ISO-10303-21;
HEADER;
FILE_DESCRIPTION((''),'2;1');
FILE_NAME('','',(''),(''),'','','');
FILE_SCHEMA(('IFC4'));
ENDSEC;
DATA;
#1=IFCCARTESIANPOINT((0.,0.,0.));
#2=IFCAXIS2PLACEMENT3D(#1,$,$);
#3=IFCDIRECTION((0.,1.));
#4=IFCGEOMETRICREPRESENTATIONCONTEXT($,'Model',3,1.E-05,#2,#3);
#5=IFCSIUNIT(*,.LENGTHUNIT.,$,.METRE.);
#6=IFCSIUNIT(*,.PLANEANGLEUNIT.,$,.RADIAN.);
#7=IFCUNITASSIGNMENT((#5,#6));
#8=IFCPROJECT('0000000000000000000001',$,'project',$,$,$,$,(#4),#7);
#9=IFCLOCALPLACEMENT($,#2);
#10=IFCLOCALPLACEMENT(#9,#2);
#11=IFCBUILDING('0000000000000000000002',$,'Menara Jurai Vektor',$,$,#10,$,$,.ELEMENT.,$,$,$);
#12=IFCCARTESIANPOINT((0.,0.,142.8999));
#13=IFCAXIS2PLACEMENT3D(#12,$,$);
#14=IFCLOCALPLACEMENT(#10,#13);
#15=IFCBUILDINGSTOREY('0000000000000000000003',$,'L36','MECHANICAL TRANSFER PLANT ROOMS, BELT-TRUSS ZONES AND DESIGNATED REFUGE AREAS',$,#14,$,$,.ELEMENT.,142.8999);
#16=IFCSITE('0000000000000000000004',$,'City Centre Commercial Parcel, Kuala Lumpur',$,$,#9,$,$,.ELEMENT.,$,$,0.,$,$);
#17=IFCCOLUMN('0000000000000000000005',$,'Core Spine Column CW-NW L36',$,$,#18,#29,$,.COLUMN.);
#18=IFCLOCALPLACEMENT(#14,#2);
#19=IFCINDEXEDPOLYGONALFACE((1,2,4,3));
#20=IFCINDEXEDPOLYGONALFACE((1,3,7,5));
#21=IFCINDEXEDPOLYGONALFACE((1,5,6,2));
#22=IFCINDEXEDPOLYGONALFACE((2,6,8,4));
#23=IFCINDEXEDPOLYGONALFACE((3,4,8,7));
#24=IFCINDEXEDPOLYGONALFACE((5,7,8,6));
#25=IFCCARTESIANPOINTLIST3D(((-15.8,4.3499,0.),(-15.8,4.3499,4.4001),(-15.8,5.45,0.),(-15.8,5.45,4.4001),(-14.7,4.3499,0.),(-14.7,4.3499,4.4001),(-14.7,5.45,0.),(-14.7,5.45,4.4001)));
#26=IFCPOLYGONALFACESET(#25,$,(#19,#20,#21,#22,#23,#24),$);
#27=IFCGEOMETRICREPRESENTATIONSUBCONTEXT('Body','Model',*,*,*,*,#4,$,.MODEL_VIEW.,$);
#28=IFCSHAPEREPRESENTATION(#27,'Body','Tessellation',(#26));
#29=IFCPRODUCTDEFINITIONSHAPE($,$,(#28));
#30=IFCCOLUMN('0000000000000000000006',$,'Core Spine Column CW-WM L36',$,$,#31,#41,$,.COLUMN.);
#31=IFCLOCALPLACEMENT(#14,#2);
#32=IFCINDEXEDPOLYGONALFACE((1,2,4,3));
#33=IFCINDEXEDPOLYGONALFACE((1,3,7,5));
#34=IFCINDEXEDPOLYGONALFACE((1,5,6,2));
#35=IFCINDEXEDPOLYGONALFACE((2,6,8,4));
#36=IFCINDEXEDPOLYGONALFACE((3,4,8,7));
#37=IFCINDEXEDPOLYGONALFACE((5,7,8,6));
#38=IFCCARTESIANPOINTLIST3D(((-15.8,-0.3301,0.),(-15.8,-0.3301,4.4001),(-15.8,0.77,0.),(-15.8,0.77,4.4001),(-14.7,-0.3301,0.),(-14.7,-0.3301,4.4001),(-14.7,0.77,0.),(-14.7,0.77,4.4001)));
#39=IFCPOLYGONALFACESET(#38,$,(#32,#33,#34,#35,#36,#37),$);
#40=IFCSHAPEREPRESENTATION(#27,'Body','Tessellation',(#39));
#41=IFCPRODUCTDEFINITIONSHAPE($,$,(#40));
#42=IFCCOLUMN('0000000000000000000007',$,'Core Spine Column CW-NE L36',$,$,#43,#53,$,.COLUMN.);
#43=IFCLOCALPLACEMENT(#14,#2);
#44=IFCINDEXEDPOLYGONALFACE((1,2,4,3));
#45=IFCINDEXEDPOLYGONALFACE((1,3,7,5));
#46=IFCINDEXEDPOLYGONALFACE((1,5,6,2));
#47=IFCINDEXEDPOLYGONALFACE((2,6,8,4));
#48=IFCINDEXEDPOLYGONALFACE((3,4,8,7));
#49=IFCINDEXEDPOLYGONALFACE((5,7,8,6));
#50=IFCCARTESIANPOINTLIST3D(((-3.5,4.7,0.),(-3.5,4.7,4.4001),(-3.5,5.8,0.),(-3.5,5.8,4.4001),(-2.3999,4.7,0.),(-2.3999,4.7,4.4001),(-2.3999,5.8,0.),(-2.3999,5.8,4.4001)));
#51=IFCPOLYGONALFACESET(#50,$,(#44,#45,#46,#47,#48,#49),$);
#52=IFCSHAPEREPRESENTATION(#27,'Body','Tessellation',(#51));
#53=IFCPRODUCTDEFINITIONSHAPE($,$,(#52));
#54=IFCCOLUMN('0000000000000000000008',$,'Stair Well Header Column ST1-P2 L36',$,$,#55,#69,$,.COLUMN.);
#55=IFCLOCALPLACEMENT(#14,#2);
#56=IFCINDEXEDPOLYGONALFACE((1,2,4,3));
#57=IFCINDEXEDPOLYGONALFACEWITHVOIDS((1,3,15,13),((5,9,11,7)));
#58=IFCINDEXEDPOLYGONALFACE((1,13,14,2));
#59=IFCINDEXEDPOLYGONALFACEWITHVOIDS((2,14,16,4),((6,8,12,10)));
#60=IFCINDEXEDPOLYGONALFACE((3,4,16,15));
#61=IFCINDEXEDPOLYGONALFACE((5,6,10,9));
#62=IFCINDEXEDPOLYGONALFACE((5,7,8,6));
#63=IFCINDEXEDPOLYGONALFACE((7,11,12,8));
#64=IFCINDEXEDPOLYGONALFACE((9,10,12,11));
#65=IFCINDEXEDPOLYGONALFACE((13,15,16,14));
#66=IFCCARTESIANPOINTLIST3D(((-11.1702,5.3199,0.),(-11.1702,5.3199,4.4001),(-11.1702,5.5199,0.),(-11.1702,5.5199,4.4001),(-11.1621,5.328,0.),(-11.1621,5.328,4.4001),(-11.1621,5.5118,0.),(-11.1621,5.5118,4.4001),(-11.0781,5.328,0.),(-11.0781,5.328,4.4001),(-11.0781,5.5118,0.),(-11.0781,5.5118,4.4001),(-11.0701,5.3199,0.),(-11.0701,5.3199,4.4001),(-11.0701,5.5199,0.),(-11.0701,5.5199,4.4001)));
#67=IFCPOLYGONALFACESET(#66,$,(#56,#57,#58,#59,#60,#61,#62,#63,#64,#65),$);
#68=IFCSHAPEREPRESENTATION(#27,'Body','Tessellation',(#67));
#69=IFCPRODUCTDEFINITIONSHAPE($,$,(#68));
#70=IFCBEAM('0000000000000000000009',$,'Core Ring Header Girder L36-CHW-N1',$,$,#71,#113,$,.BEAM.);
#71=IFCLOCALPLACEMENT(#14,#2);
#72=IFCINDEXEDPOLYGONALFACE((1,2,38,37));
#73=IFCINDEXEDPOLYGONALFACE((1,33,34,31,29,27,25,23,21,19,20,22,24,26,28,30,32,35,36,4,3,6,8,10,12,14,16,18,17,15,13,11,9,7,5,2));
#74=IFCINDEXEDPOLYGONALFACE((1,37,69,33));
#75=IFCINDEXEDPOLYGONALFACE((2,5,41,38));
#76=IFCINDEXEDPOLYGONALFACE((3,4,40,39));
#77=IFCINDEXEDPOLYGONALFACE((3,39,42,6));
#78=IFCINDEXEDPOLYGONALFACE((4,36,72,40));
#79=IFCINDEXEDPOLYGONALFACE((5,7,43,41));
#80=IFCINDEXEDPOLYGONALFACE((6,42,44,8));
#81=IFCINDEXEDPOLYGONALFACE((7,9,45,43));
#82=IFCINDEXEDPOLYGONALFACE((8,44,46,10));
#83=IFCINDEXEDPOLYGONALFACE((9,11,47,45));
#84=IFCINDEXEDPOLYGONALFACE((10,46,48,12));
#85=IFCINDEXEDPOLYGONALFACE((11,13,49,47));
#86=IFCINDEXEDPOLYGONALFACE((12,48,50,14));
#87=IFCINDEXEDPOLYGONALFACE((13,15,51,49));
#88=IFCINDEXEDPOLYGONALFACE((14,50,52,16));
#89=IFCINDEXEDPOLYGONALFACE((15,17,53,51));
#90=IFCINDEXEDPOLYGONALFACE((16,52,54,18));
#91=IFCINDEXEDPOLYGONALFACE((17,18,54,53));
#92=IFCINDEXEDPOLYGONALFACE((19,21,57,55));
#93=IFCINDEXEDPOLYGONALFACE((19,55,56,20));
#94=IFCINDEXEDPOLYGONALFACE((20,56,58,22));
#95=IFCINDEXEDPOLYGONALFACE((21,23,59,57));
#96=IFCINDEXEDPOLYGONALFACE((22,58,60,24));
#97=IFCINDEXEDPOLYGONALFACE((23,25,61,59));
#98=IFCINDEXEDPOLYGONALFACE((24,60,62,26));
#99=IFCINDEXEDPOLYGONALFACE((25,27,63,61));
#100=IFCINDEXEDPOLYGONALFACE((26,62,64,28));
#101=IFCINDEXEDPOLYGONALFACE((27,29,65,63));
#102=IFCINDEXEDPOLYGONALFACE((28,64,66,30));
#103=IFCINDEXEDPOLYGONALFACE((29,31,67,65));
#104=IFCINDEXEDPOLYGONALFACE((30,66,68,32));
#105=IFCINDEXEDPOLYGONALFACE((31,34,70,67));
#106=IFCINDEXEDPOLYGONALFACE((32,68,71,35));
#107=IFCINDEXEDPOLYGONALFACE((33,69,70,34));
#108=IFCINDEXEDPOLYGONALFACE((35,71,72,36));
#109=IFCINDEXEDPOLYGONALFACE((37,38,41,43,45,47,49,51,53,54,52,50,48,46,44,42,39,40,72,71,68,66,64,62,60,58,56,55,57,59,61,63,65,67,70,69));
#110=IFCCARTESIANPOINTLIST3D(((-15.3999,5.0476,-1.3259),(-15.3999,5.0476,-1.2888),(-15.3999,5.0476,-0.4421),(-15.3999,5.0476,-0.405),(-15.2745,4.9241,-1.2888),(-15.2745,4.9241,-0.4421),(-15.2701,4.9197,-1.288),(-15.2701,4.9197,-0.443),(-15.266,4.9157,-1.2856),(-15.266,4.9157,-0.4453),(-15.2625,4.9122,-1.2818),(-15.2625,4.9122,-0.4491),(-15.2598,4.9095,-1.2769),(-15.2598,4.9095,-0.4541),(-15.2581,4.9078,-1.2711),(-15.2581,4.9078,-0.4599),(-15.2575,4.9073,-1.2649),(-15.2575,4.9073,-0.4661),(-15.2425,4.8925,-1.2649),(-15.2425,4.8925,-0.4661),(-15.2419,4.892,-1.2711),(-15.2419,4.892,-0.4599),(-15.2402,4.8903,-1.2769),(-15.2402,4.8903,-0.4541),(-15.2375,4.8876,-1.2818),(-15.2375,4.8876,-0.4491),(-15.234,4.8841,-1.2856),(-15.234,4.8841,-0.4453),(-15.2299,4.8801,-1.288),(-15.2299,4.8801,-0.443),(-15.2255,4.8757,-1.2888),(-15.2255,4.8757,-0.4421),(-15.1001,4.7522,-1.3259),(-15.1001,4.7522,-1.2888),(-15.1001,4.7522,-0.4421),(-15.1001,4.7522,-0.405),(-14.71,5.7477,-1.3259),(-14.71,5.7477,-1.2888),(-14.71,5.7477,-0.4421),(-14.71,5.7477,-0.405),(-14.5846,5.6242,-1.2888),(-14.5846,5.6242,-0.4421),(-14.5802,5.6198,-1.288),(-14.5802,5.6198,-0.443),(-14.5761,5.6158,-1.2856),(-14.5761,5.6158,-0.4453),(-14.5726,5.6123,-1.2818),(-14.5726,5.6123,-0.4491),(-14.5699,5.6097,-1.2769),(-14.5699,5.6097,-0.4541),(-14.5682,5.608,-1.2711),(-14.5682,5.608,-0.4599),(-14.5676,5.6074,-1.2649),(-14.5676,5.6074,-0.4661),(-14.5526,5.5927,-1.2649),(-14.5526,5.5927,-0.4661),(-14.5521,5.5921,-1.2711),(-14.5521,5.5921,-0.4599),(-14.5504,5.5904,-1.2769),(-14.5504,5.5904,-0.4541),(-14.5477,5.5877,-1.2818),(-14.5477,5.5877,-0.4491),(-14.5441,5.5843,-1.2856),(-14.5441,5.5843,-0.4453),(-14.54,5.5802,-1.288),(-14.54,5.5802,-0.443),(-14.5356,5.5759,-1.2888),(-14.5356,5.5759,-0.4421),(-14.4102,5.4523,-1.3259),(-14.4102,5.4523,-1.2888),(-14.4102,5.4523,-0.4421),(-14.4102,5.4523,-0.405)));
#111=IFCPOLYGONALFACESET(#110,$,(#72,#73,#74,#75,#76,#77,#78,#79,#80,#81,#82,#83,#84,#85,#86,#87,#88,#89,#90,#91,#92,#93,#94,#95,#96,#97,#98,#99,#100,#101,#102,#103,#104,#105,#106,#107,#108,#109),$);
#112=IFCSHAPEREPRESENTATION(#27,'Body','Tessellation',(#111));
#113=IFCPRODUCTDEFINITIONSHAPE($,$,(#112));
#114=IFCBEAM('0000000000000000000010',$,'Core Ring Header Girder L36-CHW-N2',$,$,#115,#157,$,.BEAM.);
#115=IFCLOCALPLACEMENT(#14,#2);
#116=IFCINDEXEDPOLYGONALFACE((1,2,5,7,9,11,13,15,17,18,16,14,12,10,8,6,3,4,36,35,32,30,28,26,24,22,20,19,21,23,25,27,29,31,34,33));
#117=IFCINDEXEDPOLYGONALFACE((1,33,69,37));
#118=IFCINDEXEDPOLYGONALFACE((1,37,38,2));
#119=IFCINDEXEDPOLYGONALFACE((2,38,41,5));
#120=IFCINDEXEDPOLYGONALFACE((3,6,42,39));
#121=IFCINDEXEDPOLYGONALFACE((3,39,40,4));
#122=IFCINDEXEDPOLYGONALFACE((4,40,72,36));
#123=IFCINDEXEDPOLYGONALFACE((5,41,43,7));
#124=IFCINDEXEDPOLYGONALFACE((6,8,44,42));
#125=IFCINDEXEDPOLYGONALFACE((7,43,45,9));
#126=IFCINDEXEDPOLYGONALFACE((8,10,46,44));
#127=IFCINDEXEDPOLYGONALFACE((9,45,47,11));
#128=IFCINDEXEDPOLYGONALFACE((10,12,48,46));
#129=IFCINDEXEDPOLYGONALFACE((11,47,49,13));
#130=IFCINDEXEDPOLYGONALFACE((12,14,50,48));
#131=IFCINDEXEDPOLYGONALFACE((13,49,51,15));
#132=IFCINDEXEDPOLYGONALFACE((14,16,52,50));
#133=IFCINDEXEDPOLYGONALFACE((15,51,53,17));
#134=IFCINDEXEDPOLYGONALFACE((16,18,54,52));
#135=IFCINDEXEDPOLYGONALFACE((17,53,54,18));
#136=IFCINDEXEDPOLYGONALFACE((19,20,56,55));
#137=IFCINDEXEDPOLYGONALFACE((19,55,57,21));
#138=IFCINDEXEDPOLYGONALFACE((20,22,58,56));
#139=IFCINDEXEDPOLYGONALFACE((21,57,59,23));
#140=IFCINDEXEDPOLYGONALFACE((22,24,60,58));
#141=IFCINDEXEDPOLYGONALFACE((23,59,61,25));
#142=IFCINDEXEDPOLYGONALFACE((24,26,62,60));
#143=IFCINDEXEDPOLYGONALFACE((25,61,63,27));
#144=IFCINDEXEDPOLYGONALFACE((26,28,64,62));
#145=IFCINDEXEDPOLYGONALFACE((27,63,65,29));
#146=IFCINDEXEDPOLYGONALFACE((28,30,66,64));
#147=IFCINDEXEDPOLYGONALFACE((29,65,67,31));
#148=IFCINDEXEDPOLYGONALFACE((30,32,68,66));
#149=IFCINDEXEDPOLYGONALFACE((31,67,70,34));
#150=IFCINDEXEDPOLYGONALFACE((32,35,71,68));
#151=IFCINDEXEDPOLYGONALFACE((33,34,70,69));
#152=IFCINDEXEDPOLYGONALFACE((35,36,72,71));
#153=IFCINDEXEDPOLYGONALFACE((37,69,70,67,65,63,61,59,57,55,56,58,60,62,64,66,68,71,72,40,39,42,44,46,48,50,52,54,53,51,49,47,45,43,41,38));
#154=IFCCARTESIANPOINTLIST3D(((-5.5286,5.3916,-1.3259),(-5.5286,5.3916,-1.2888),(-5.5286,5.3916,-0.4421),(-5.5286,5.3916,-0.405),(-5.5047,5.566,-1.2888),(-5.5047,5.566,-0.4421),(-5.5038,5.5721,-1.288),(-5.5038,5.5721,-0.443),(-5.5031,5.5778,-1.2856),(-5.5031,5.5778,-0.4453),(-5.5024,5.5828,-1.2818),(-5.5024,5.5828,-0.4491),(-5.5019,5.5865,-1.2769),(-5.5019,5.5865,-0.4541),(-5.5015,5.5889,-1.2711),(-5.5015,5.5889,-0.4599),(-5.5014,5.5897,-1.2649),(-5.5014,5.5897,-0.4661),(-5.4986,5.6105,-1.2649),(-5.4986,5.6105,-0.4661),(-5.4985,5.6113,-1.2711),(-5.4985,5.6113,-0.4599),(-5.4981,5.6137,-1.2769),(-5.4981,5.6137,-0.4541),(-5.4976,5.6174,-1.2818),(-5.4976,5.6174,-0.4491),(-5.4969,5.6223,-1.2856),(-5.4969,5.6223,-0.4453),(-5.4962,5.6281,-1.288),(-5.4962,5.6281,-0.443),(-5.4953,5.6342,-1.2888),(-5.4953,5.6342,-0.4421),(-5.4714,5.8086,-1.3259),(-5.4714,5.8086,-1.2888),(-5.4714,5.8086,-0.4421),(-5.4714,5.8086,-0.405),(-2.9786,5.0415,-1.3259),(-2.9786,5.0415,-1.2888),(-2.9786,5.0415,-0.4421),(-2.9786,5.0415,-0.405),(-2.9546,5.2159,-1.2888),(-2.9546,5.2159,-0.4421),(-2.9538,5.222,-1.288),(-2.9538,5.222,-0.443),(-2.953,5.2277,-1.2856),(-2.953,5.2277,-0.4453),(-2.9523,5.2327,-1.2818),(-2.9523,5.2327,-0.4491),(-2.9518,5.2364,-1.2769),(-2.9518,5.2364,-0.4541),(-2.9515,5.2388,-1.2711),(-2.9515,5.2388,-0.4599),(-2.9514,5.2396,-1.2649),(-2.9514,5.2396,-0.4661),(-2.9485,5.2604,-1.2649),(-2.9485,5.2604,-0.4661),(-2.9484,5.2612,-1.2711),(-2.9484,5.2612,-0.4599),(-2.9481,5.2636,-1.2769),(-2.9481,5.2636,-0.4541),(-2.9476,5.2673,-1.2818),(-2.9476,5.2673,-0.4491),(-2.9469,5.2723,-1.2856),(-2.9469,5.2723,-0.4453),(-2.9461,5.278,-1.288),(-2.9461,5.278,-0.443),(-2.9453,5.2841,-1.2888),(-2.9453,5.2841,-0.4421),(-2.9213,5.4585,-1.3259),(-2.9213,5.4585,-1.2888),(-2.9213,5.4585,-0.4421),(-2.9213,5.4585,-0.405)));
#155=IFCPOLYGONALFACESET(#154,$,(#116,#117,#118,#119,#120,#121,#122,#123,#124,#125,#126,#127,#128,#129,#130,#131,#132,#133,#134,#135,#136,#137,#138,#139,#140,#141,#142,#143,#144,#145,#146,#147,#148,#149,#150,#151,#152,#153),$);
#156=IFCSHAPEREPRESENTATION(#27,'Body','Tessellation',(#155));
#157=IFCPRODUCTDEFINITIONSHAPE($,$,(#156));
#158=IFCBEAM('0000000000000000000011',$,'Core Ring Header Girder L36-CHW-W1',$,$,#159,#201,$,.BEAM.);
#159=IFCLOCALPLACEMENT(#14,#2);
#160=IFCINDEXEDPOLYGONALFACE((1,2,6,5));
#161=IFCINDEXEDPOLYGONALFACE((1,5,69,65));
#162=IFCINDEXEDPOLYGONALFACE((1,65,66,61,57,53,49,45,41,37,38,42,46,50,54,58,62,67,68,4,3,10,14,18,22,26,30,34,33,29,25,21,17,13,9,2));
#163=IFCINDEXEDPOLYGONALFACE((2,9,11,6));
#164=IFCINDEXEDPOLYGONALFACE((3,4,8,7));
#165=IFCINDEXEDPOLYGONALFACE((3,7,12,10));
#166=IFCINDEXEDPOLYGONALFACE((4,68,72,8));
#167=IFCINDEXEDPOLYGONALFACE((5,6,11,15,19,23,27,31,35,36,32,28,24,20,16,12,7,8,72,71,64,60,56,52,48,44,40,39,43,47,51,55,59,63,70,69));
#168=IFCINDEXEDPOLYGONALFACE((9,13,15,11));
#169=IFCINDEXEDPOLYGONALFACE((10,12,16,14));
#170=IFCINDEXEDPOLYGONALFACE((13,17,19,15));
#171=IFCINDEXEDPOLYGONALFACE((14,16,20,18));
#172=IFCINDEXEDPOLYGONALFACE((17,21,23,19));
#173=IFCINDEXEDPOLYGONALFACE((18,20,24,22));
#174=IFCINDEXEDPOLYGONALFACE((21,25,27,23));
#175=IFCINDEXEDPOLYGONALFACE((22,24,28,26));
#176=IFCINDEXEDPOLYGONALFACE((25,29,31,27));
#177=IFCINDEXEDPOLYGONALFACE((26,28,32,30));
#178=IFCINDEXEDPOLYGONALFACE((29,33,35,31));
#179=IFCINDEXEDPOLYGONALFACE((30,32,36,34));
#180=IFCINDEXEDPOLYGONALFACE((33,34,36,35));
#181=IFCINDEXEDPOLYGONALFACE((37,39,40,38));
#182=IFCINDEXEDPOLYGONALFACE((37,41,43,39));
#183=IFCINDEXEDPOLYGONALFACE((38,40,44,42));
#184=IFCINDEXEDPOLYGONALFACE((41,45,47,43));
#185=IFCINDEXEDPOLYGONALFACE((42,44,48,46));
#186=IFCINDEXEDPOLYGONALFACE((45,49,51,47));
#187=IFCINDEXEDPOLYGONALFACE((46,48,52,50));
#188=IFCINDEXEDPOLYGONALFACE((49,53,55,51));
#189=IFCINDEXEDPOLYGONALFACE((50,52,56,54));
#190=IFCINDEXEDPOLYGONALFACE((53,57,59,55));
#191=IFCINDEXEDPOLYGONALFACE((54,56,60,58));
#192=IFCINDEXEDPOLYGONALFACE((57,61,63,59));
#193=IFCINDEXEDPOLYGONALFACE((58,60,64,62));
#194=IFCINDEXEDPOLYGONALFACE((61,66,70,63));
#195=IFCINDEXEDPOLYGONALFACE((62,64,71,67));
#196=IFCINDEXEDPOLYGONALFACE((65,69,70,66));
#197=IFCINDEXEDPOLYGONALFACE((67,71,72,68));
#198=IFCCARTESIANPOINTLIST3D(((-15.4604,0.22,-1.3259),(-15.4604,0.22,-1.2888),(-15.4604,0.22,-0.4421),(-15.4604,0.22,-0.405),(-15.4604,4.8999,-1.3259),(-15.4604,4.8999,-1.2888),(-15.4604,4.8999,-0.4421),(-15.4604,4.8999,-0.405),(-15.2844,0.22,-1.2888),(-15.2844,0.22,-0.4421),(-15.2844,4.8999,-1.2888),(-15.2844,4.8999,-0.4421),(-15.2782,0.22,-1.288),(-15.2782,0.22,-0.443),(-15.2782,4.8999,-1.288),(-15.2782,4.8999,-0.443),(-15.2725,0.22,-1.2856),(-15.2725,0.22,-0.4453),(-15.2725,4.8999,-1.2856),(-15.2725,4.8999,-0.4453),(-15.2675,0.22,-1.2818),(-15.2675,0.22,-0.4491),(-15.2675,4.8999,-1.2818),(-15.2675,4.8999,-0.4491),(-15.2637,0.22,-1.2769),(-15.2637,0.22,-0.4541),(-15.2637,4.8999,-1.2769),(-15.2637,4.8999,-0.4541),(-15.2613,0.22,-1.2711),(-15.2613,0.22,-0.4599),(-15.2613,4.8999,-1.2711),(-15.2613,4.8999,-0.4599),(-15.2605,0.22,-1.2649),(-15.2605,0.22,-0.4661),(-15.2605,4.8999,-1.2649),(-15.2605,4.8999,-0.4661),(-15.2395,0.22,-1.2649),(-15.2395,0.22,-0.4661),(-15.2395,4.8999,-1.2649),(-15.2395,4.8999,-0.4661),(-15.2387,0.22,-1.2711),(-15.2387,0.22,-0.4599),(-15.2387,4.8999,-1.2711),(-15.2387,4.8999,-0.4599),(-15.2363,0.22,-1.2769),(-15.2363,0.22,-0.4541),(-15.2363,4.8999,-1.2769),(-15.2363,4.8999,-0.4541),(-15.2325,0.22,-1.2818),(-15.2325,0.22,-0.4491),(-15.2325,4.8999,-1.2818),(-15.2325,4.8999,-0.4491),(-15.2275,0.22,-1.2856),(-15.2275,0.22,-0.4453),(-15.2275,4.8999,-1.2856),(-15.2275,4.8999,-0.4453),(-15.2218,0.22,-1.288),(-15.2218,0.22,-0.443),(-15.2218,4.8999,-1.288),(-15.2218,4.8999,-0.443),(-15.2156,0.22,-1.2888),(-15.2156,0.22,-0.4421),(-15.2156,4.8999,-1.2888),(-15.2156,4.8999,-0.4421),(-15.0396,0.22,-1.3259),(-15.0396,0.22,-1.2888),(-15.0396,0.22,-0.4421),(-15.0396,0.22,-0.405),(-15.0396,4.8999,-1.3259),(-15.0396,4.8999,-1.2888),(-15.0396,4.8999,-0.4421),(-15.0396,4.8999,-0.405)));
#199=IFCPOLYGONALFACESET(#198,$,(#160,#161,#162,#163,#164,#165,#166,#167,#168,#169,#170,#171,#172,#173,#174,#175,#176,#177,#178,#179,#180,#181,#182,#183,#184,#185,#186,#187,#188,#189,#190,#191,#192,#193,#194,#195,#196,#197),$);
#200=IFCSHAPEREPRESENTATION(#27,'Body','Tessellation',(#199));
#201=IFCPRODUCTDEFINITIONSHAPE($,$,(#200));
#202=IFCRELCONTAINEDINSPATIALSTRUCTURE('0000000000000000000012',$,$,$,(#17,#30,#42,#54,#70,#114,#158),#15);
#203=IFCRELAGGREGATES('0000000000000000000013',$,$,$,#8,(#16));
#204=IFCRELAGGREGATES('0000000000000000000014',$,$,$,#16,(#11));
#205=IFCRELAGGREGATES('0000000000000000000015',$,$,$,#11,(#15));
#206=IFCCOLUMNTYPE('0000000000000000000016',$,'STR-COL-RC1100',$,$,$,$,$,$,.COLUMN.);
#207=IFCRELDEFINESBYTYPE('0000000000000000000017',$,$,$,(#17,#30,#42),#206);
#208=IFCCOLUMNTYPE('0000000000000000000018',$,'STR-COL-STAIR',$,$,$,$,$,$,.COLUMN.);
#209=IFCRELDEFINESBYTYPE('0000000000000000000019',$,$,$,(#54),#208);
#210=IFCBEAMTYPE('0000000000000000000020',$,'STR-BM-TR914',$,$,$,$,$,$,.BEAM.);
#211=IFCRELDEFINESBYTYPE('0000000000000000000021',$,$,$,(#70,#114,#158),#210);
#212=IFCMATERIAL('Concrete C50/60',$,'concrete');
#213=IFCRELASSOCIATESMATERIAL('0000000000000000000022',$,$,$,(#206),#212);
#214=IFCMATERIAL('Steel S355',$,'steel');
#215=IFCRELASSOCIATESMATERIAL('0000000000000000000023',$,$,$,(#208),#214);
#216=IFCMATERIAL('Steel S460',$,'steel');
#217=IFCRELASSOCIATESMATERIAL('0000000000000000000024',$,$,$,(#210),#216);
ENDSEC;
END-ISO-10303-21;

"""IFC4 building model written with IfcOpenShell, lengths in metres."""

from ifc_helpers import new_model, si_unit, direction, frame, origin, origin_2d, place, context, subcontext, project, spatial, rectangle, hollow_rectangle, i_section, extrude, material, material_profile, profile_set, type_object, element, save


model = new_model("IFC4")

# Units and contexts
model_context = context("Model", 3, precision=1e-05, world=origin(), true_north=direction((0.0, 1.0)))
body_context = subcontext(model_context, "Body", "Model", "MODEL_VIEW")
ifc_project = project(units=[si_unit("LENGTHUNIT", "METRE"), si_unit("PLANEANGLEUNIT", "RADIAN")], contexts=[model_context])

# Site, building, storey
site_placement = place(None, origin())
site = spatial("IfcSite", under=ifc_project, at=site_placement, Name="City Centre Commercial Parcel, Kuala Lumpur", CompositionType="ELEMENT", RefElevation=0.0)
building_placement = place(site_placement, origin())
building = spatial("IfcBuilding", under=site, at=building_placement, Name="Menara Jurai Vektor", CompositionType="ELEMENT")
storey_placement = place(building_placement, frame((0.0, 0.0, 142.8999)))
storey = spatial("IfcBuildingStorey", under=building, at=storey_placement, Name="L36", Description="MECHANICAL TRANSFER PLANT ROOMS, BELT-TRUSS ZONES AND DESIGNATED REFUGE AREAS", CompositionType="ELEMENT", Elevation=142.8999)

# Columns
ifc_material_1 = material(Name="Concrete C50/60", Category="concrete")
ifc_material_profile_1 = material_profile(ifc_material_1, rectangle(XDim=1.1001, YDim=1.1001, at=origin_2d()), Name="RC 1100x1100")
ifc_profile_set_1 = profile_set([ifc_material_profile_1], Name="Concrete C50/60")
column_type_1 = type_object("IfcColumnType", Name="STR-COL-RC1100", PredefinedType="COLUMN", material=ifc_profile_set_1)
for number, where, z_axis, x_axis, name in (
    (1, (-15.25, 4.8999, 0.0), (0.0, 0.0, 1.0), (1.0, 0.0, 0.0), "Core Spine Column CW-NW L36"),
    (2, (-15.25, 0.22, 0.0), (0.0, 0.0, 1.0), (1.0, 0.0, 0.0), "Core Spine Column CW-WM L36"),
    (3, (-2.95, 5.25, 0.0), (0.0, 0.0, 1.0), (1.0, 0.0, 0.0), "Core Spine Column CW-NE L36"),
):
    element("IfcColumn", number, at=place(storey_placement, frame(where, z_axis=z_axis, x_axis=x_axis)), inside=storey, type_object=column_type_1, Name=name, PredefinedType="COLUMN", context=body_context, shape_type="SweptSolid", body=[
        extrude(rectangle(XDim=1.1001, YDim=1.1001, at=origin_2d()), origin(), (0.0, 0.0, 1.0), 4.4001),
    ])
ifc_material_2 = material(Name="Steel S355", Category="steel")
ifc_material_profile_2 = material_profile(ifc_material_2, hollow_rectangle(XDim=0.1001, YDim=0.2, WallThickness=0.0081, at=origin_2d()), Name="RHS 200x100x8")
ifc_profile_set_2 = profile_set([ifc_material_profile_2], Name="Steel S355")
column_type_2 = type_object("IfcColumnType", Name="STR-COL-STAIR", PredefinedType="COLUMN", material=ifc_profile_set_2)
column_placement = place(storey_placement, frame((-11.1201, 5.4199, 0.0), z_axis=(0.0, 0.0, 1.0), x_axis=(1.0, 0.0, 0.0)))
element("IfcColumn", 4, at=column_placement, inside=storey, type_object=column_type_2, Name="Stair Well Header Column ST1-P2 L36", PredefinedType="COLUMN", context=body_context, shape_type="SweptSolid", body=[
    extrude(hollow_rectangle(XDim=0.1001, YDim=0.2, WallThickness=0.0081, at=origin_2d()), origin(), (0.0, 0.0, 1.0), 4.4001),
])

# Beams
ifc_material_3 = material(Name="Steel S460", Category="steel")
ifc_material_profile_3 = material_profile(ifc_material_3, i_section(OverallWidth=0.4209, OverallDepth=0.9209, WebThickness=0.021, FlangeThickness=0.0371, FilletRadius=0.0239, at=origin_2d()), Name="UKB 914x419x388")
ifc_profile_set_3 = profile_set([ifc_material_profile_3], Name="Steel S460")
beam_type_1 = type_object("IfcBeamType", Name="STR-BM-TR914", PredefinedType="BEAM", material=ifc_profile_set_3)
beam_1_placement = place(storey_placement, frame((-15.25, 4.8999, -0.8655), z_axis=(0.701872, 0.712303, 0.0), x_axis=(-0.712303, 0.701872, 0.0)))
element("IfcBeam", 5, at=beam_1_placement, inside=storey, type_object=beam_type_1, Name="Core Ring Header Girder L36-CHW-N1", PredefinedType="BEAM", context=body_context, shape_type="SweptSolid", body=[
    extrude(i_section(OverallWidth=0.4209, OverallDepth=0.9209, WebThickness=0.021, FlangeThickness=0.0371, FilletRadius=0.0239, at=origin_2d()), origin(), (0.0, 0.0, 1.0), 0.9829),
])
beam_2_placement = place(storey_placement, frame((-5.5, 5.6001, -0.8655), z_axis=(0.990707, -0.136015, 0.0), x_axis=(0.136015, 0.990707, 0.0)))
element("IfcBeam", 6, at=beam_2_placement, inside=storey, type_object=beam_type_1, Name="Core Ring Header Girder L36-CHW-N2", PredefinedType="BEAM", context=body_context, shape_type="SweptSolid", body=[
    extrude(i_section(OverallWidth=0.4209, OverallDepth=0.9209, WebThickness=0.021, FlangeThickness=0.0371, FilletRadius=0.0239, at=origin_2d()), origin(), (0.0, 0.0, 1.0), 2.574),
])
beam_3_placement = place(storey_placement, frame((-15.25, 0.22, -0.8655), z_axis=(0.0, 1.0, 0.0), x_axis=(-1.0, 0.0, 0.0)))
element("IfcBeam", 7, at=beam_3_placement, inside=storey, type_object=beam_type_1, Name="Core Ring Header Girder L36-CHW-W1", PredefinedType="BEAM", context=body_context, shape_type="SweptSolid", body=[
    extrude(i_section(OverallWidth=0.4209, OverallDepth=0.9209, WebThickness=0.021, FlangeThickness=0.0371, FilletRadius=0.0239, at=origin_2d()), origin(), (0.0, 0.0, 1.0), 4.6799),
])

save(model, "model.ifc")
